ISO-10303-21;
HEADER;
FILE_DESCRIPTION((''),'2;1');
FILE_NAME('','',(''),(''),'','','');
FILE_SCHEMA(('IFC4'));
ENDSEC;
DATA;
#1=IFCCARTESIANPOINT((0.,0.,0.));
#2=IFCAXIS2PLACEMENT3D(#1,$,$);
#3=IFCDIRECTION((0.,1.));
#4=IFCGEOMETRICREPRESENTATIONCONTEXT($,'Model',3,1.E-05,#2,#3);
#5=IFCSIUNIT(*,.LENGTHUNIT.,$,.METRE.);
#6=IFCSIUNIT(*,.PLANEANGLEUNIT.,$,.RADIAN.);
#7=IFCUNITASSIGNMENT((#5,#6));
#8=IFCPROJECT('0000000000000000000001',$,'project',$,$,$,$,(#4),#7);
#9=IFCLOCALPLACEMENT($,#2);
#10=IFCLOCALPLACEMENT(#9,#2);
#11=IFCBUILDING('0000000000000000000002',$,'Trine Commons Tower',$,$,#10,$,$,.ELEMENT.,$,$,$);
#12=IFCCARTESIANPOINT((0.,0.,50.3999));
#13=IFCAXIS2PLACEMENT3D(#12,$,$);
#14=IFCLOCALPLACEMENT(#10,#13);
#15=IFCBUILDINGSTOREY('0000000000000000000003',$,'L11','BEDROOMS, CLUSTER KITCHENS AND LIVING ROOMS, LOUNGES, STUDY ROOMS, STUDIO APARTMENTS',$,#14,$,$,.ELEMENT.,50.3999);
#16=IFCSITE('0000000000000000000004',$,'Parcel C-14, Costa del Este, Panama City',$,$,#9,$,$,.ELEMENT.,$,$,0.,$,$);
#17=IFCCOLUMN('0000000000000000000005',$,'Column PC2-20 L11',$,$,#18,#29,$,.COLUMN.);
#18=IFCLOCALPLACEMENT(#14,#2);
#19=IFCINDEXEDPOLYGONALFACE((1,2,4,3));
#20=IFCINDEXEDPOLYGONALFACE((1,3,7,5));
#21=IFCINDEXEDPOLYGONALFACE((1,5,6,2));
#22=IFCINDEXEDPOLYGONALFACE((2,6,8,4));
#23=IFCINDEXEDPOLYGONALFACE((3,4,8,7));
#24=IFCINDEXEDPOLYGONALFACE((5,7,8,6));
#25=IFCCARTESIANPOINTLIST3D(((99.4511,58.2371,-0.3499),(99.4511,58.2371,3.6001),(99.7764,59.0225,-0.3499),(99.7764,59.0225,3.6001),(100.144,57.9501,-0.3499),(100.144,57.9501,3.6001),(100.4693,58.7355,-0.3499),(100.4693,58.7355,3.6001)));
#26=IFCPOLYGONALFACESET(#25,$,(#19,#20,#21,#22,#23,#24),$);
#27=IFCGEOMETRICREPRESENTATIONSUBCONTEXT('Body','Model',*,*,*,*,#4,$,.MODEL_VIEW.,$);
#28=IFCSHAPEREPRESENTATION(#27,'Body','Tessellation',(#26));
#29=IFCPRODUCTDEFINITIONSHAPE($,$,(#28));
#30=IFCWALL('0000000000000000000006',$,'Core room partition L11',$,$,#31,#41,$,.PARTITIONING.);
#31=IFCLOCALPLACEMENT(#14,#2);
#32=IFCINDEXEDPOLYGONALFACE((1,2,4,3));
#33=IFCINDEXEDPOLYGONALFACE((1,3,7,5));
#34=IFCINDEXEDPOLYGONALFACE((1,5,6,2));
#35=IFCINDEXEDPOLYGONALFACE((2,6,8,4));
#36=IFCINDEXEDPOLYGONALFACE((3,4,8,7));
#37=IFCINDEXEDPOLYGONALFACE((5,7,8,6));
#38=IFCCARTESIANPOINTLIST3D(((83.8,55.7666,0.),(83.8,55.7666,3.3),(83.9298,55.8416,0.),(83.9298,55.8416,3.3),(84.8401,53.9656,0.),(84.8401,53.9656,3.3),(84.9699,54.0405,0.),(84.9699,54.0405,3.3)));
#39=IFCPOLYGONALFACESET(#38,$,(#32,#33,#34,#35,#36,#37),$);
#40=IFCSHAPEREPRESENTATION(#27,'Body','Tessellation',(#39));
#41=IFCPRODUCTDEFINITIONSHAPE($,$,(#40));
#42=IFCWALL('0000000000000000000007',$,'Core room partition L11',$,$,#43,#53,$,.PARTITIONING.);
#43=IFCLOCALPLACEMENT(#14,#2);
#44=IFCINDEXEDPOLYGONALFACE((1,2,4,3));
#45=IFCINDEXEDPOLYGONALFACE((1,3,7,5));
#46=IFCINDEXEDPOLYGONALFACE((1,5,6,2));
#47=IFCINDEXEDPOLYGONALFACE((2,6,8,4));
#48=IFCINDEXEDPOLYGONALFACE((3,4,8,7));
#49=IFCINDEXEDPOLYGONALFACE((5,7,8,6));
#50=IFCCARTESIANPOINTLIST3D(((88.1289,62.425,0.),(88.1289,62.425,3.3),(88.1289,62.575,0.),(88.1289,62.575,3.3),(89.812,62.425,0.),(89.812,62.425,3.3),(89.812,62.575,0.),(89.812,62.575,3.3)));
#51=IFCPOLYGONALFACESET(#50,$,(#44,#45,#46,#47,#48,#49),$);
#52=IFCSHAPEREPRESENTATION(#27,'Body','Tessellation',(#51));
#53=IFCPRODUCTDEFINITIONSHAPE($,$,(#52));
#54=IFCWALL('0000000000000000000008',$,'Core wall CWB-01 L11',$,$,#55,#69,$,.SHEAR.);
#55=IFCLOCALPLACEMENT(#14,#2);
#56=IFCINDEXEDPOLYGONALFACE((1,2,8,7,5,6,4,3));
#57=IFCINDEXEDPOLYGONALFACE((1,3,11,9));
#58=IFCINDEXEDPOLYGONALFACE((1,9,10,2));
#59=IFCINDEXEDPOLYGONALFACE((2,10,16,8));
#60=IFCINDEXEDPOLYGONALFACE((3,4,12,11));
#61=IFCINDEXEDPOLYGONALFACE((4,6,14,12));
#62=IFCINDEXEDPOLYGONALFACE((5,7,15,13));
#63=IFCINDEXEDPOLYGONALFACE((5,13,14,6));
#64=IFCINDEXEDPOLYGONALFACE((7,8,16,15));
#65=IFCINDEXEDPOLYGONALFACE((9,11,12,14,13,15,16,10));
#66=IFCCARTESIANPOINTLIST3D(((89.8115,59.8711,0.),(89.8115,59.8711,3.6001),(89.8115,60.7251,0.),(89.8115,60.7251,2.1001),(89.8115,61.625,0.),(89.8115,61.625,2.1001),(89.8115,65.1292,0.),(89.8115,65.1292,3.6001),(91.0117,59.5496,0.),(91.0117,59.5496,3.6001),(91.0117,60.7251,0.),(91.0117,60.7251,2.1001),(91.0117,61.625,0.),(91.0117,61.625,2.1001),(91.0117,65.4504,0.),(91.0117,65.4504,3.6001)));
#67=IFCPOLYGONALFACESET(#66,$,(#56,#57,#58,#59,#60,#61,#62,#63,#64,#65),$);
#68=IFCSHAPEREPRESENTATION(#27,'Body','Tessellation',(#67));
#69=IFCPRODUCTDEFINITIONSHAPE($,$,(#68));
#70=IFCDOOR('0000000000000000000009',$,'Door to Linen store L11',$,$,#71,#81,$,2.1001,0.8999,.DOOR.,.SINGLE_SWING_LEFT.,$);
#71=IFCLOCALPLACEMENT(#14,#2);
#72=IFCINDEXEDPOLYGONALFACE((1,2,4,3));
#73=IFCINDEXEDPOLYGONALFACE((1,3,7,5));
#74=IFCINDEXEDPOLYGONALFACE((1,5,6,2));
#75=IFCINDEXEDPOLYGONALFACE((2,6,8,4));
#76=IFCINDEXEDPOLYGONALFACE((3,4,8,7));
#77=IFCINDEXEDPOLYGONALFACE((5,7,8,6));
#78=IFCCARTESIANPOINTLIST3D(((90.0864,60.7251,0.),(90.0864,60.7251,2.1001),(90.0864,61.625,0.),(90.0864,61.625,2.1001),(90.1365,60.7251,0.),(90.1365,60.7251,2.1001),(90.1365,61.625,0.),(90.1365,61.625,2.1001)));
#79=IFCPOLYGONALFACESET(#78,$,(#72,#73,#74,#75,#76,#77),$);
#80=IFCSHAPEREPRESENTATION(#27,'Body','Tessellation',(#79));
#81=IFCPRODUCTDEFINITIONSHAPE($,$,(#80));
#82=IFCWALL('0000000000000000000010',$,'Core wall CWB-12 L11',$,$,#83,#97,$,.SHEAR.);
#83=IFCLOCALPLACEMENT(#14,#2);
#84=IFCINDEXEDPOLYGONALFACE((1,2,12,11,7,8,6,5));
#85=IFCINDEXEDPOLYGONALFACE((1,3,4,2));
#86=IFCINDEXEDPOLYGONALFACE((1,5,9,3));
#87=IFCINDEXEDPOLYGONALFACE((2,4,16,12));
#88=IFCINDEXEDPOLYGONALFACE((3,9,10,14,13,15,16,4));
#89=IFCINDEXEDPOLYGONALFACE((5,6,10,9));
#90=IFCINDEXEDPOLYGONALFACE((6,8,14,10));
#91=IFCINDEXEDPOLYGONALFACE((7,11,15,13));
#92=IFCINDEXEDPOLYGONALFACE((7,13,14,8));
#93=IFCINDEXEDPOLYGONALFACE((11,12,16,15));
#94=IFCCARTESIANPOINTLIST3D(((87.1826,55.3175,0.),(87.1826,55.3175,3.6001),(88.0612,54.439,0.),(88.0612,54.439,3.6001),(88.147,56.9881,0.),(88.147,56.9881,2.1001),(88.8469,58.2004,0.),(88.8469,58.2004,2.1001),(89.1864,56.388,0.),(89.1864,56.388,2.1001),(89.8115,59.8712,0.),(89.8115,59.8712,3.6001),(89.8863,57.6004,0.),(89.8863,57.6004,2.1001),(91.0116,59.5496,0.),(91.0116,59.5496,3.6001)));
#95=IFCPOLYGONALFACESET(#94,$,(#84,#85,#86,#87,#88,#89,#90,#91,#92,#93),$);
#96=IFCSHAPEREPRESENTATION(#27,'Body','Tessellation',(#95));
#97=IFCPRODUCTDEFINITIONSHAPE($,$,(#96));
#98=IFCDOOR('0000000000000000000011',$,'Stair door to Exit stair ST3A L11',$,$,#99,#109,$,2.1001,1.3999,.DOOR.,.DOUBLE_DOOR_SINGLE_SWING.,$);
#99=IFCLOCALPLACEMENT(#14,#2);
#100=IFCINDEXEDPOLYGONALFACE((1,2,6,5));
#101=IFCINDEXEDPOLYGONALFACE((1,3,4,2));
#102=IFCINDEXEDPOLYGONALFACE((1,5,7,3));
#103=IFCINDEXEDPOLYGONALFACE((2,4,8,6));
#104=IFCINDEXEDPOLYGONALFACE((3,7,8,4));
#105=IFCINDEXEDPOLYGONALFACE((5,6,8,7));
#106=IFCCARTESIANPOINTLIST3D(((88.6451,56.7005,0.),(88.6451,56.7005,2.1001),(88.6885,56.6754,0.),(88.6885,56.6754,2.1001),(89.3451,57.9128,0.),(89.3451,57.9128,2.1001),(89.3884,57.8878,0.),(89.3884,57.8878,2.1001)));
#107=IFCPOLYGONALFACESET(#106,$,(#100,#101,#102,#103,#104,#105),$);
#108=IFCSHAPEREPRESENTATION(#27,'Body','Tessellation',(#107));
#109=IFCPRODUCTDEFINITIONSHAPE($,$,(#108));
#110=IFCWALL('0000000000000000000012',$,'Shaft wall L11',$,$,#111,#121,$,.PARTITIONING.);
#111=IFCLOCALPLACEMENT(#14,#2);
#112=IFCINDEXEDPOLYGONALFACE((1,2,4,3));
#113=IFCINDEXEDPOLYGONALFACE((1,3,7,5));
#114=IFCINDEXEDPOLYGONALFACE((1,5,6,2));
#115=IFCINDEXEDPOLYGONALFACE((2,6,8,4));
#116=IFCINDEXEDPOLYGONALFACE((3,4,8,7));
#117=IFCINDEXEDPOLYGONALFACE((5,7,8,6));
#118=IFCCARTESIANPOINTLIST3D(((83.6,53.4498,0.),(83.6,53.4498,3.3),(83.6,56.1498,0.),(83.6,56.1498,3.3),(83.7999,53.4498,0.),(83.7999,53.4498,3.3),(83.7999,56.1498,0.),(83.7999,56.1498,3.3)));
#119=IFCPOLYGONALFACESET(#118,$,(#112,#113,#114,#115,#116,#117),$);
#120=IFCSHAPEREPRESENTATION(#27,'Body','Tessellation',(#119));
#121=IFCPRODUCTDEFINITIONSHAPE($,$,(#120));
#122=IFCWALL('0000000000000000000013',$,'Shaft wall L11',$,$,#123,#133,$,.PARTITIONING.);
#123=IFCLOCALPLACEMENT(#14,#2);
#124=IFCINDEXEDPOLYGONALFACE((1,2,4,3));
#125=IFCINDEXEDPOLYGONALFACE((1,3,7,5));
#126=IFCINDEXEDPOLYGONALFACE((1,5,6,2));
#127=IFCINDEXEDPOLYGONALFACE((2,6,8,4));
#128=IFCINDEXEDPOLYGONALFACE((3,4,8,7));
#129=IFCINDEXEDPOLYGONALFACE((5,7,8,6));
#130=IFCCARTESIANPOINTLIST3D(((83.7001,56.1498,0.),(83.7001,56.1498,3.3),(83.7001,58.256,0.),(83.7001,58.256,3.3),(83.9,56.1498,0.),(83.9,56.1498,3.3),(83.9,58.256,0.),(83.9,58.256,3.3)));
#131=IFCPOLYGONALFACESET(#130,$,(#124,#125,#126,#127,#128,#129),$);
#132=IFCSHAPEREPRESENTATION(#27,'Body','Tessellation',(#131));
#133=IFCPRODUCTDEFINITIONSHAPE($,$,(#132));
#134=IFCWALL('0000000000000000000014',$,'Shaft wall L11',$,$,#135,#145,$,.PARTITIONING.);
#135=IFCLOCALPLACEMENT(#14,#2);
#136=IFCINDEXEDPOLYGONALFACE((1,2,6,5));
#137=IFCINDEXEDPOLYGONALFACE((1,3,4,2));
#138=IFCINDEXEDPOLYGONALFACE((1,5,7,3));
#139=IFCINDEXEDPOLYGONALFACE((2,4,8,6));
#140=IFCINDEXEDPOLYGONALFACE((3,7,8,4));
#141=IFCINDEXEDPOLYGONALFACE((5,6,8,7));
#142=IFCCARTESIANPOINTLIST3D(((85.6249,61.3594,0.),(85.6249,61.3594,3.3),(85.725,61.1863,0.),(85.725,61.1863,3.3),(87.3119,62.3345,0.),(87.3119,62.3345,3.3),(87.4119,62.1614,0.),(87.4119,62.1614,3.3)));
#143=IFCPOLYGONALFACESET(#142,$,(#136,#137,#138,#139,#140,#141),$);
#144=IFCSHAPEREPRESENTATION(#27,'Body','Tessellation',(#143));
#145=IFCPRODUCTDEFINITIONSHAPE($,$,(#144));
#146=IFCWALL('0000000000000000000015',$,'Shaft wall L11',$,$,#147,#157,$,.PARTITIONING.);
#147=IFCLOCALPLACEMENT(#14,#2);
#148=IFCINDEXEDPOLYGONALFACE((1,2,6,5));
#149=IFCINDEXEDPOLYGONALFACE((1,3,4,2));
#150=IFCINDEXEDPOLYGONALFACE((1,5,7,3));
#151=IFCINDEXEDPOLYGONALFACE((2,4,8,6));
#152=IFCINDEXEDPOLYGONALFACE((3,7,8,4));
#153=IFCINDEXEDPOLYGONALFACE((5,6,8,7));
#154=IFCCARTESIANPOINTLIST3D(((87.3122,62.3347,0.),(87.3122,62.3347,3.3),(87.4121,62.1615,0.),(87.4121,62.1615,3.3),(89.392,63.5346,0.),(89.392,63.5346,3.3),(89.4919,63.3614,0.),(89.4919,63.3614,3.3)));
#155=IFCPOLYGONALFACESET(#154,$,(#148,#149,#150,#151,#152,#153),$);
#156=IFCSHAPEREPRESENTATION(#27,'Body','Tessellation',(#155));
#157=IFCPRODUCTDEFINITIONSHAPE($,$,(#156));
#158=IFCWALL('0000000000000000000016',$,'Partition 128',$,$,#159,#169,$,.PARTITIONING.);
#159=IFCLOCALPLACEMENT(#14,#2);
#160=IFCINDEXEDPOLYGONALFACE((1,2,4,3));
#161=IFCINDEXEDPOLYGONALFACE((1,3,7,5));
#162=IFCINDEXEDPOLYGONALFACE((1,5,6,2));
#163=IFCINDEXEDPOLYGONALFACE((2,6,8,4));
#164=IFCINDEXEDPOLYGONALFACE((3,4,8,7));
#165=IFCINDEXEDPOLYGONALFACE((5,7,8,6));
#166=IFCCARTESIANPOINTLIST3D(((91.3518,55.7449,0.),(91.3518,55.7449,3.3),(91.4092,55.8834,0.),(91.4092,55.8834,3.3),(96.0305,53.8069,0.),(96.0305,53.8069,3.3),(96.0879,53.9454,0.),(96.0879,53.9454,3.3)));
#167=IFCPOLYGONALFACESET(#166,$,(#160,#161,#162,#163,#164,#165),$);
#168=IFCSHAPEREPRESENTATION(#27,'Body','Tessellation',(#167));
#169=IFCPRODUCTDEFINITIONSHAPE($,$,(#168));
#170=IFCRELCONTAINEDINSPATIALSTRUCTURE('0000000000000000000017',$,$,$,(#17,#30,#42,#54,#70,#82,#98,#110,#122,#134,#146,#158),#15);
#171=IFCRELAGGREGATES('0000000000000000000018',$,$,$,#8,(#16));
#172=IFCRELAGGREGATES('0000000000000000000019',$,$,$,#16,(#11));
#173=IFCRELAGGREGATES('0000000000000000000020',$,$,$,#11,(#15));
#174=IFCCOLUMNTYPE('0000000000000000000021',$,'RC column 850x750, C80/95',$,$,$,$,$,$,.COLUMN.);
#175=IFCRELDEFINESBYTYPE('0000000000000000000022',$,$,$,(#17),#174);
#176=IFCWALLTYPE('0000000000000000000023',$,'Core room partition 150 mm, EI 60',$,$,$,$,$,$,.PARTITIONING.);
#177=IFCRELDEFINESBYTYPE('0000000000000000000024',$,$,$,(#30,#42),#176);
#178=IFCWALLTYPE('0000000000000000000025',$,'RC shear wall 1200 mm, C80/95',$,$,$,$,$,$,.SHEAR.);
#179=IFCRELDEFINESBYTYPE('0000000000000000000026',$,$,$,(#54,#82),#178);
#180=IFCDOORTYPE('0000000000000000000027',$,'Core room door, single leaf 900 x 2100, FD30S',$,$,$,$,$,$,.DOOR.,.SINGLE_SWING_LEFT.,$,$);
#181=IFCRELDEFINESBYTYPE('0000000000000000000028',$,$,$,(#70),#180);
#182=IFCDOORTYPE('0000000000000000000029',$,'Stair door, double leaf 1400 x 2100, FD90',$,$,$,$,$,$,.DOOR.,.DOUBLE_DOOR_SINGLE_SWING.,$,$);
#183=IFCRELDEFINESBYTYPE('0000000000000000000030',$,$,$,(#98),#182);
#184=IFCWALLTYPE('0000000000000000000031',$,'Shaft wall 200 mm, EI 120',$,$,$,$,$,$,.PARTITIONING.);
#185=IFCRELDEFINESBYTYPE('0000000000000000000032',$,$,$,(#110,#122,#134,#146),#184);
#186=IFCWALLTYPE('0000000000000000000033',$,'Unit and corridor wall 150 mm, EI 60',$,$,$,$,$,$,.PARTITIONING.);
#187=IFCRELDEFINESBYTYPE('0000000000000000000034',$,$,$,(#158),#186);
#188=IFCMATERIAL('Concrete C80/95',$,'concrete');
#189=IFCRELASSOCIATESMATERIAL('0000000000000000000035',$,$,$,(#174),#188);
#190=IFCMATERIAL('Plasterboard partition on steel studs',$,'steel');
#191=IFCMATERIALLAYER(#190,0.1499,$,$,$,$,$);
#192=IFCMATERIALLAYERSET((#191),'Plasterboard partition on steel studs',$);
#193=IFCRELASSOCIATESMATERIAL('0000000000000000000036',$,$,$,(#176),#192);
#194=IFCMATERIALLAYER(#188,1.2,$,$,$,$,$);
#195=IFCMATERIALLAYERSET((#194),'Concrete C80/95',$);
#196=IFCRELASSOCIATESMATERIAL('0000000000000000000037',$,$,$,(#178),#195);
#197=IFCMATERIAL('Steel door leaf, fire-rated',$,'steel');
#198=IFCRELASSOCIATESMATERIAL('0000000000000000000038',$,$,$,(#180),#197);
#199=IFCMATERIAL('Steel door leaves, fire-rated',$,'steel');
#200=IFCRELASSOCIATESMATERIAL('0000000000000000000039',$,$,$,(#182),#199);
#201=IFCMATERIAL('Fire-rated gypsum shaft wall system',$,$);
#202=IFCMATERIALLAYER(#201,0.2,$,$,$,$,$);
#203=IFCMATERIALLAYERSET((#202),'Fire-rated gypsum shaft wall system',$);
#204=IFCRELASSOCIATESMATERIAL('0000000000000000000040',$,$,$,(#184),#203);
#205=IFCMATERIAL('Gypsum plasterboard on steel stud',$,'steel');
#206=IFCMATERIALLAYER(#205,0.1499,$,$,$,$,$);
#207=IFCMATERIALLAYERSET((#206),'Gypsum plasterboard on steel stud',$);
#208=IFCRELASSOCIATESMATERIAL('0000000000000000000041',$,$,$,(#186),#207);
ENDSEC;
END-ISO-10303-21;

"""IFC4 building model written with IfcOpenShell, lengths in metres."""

from ifc_helpers import new_model, si_unit, direction, frame, frame_2d, origin, origin_2d, place, context, subcontext, project, spatial, polyline, rectangle, outline, extrude, material, layer, layer_set, material_profile, profile_set, type_object, element, fill, save


model = new_model("IFC4")

# Units and contexts
model_context = context("Model", 3, precision=1e-05, world=origin(), true_north=direction((0.0, 1.0)))
body_context = subcontext(model_context, "Body", "Model", "MODEL_VIEW")
ifc_project = project(units=[si_unit("LENGTHUNIT", "METRE"), si_unit("PLANEANGLEUNIT", "RADIAN")], contexts=[model_context])

# Site, building, storey
site_placement = place(None, origin())
site = spatial("IfcSite", under=ifc_project, at=site_placement, Name="Parcel C-14, Costa del Este, Panama City", CompositionType="ELEMENT", RefElevation=0.0)
building_placement = place(site_placement, origin())
building = spatial("IfcBuilding", under=site, at=building_placement, Name="Trine Commons Tower", CompositionType="ELEMENT")
storey_placement = place(building_placement, frame((0.0, 0.0, 50.3999)))
storey = spatial("IfcBuildingStorey", under=building, at=storey_placement, Name="L11", Description="BEDROOMS, CLUSTER KITCHENS AND LIVING ROOMS, LOUNGES, STUDY ROOMS, STUDIO APARTMENTS", CompositionType="ELEMENT", Elevation=50.3999)

# Column
ifc_material_1 = material(Name="Concrete C80/95", Category="concrete")
ifc_material_profile = material_profile(ifc_material_1, rectangle(XDim=0.8501, YDim=0.75, at=origin_2d()), Name="RC 850x750")
ifc_profile_set = profile_set([ifc_material_profile], Name="Concrete C80/95")
column_type = type_object("IfcColumnType", Name="RC column 850x750, C80/95", PredefinedType="COLUMN", material=ifc_profile_set)
column_placement = place(storey_placement, frame((99.9602, 58.4863, -0.3499), z_axis=(0.0, 0.0, 1.0), x_axis=(0.382683, 0.92388, 0.0)))
element("IfcColumn", 1, at=column_placement, inside=storey, type_object=column_type, Name="Column PC2-20 L11", PredefinedType="COLUMN", context=body_context, shape_type="SweptSolid", body=[
    extrude(rectangle(XDim=0.8501, YDim=0.75, at=origin_2d()), origin(), (0.0, 0.0, 1.0), 3.95),
])

# Walls
ifc_material_2 = material(Name="Plasterboard partition on steel studs", Category="steel")
ifc_layer_1 = layer(ifc_material_2, 0.1499)
ifc_layer_set_1 = layer_set([ifc_layer_1], Name="Plasterboard partition on steel studs")
wall_type_1 = type_object("IfcWallType", Name="Core room partition 150 mm, EI 60", PredefinedType="PARTITIONING", material=ifc_layer_set_1)
wall_1_placement = place(storey_placement, frame((84.905, 54.0029, 0.0), z_axis=(0.0, 0.0, 1.0), x_axis=(-0.500078, 0.86598, 0.0)))
element("IfcWall", 2, at=wall_1_placement, inside=storey, type_object=wall_type_1, Name="Core room partition L11", PredefinedType="PARTITIONING", context=body_context, shape_type="SweptSolid", body=[
    extrude(rectangle(XDim=2.0798, YDim=0.1499, at=frame_2d((1.04, 0.0))), origin(), (0.0, 0.0, 1.0), 3.3),
])
wall_2_placement = place(storey_placement, frame((89.812, 62.5, 0.0), z_axis=(0.0, 0.0, 1.0), x_axis=(-1.0, 0.0, 0.0)))
element("IfcWall", 3, at=wall_2_placement, inside=storey, type_object=wall_type_1, Name="Core room partition L11", PredefinedType="PARTITIONING", context=body_context, shape_type="SweptSolid", body=[
    extrude(rectangle(XDim=1.6831, YDim=0.1499, at=frame_2d((0.8416, 0.0))), origin(), (0.0, 0.0, 1.0), 3.3),
])

# Walls, openings, doors
ifc_layer_2 = layer(ifc_material_1, 1.2)
ifc_layer_set_2 = layer_set([ifc_layer_2], Name="Concrete C80/95")
wall_type_2 = type_object("IfcWallType", Name="RC shear wall 1200 mm, C80/95", PredefinedType="SHEAR", material=ifc_layer_set_2)
wall_3_placement = place(storey_placement, frame((90.4116, 59.5496, 0.0), z_axis=(0.0, 0.0, 1.0), x_axis=(0.0, 1.0, 0.0)))
wall_3 = element("IfcWall", 4, at=wall_3_placement, inside=storey, type_object=wall_type_2, Name="Core wall CWB-01 L11", PredefinedType="SHEAR", context=body_context, shape_type="SweptSolid", body=[
    extrude(outline(polyline([(0.0, -0.6001), (5.9009, -0.6001), (5.5796, 0.6001), (0.3215, 0.6001), (0.0, -0.6001)])), origin(), (0.0, 0.0, 1.0), 3.6001),
])
opening_1_placement = place(wall_3_placement, frame((1.1755, 0.0, 0.0)))
opening_1 = element("IfcOpeningElement", 5, at=opening_1_placement, cuts=wall_3, PredefinedType="OPENING", context=body_context, shape_type="SweptSolid", body=[
    extrude(rectangle(XDim=0.8999, YDim=2.1001, at=frame_2d((0.45, 1.05))), frame((0.0, 0.6099, 0.0), z_axis=(0.0, -1.0, 0.0), x_axis=(1.0, 0.0, 0.0)), (0.0, 0.0, 1.0), 1.22),
])
ifc_material_3 = material(Name="Steel door leaf, fire-rated", Category="steel")
door_type_1 = type_object("IfcDoorType", Name="Core room door, single leaf 900 x 2100, FD30S", OperationType="SINGLE_SWING_LEFT", PredefinedType="DOOR", material=ifc_material_3)
door_1_placement = place(opening_1_placement, origin())
door_1 = element("IfcDoor", 6, at=door_1_placement, inside=storey, type_object=door_type_1, Name="Door to Linen store L11", OperationType="SINGLE_SWING_LEFT", OverallHeight=2.1001, OverallWidth=0.8999, PredefinedType="DOOR", context=body_context, shape_type="SweptSolid", body=[
    extrude(rectangle(XDim=0.8999, YDim=2.1001, at=frame_2d((0.45, 1.05))), frame((0.0, 0.3252, 0.0), z_axis=(0.0, -1.0, 0.0), x_axis=(1.0, 0.0, 0.0)), (0.0, 0.0, 1.0), 0.05),
])
fill(opening_1, door_1)
wall_4_placement = place(storey_placement, frame((87.5415, 54.739, 0.0), z_axis=(0.0, 0.0, 1.0), x_axis=(0.499979, 0.866037, 0.0)))
wall_4 = element("IfcWall", 7, at=wall_4_placement, inside=storey, type_object=wall_type_2, Name="Core wall CWB-12 L11", PredefinedType="SHEAR", context=body_context, shape_type="SweptSolid", body=[
    extrude(outline(polyline([(0.0, -0.6001), (5.9011, -0.6001), (5.5796, 0.6001), (0.3215, 0.6001), (0.0, -0.6001)])), origin(), (0.0, 0.0, 1.0), 3.6001),
])
opening_2_placement = place(wall_4_placement, frame((2.2505, 0.0, 0.0)))
opening_2 = element("IfcOpeningElement", 8, at=opening_2_placement, cuts=wall_4, PredefinedType="OPENING", context=body_context, shape_type="SweptSolid", body=[
    extrude(rectangle(XDim=1.3999, YDim=2.1001, at=frame_2d((0.7, 1.05))), frame((0.0, 0.6099, 0.0), z_axis=(0.0, -1.0, 0.0), x_axis=(1.0, 0.0, 0.0)), (0.0, 0.0, 1.0), 1.22),
])
ifc_material_4 = material(Name="Steel door leaves, fire-rated", Category="steel")
door_type_2 = type_object("IfcDoorType", Name="Stair door, double leaf 1400 x 2100, FD90", OperationType="DOUBLE_DOOR_SINGLE_SWING", PredefinedType="DOOR", material=ifc_material_4)
door_2_placement = place(opening_2_placement, origin())
door_2 = element("IfcDoor", 9, at=door_2_placement, inside=storey, type_object=door_type_2, Name="Stair door to Exit stair ST3A L11", OperationType="DOUBLE_DOOR_SINGLE_SWING", OverallHeight=2.1001, OverallWidth=1.3999, PredefinedType="DOOR", context=body_context, shape_type="SweptSolid", body=[
    extrude(rectangle(XDim=1.3999, YDim=2.1001, at=frame_2d((0.7, 1.05))), frame((0.0, 0.0249, 0.0), z_axis=(0.0, -1.0, 0.0), x_axis=(1.0, 0.0, 0.0)), (0.0, 0.0, 1.0), 0.05),
])
fill(opening_2, door_2)

# Walls
ifc_material_5 = material(Name="Fire-rated gypsum shaft wall system")
ifc_layer_3 = layer(ifc_material_5, 0.2)
ifc_layer_set_3 = layer_set([ifc_layer_3], Name="Fire-rated gypsum shaft wall system")
wall_type_3 = type_object("IfcWallType", Name="Shaft wall 200 mm, EI 120", PredefinedType="PARTITIONING", material=ifc_layer_set_3)
wall_5_placement = place(storey_placement, frame((83.7, 56.1499, 0.0), z_axis=(0.0, 0.0, 1.0), x_axis=(0.0, -1.0, 0.0)))
element("IfcWall", 10, at=wall_5_placement, inside=storey, type_object=wall_type_3, Name="Shaft wall L11", PredefinedType="PARTITIONING", context=body_context, shape_type="SweptSolid", body=[
    extrude(rectangle(XDim=2.7, YDim=0.2, at=frame_2d((1.3501, 0.0))), origin(), (0.0, 0.0, 1.0), 3.3),
])
wall_6_placement = place(storey_placement, frame((83.8, 58.2561, 0.0), z_axis=(0.0, 0.0, 1.0), x_axis=(0.0, -1.0, 0.0)))
element("IfcWall", 11, at=wall_6_placement, inside=storey, type_object=wall_type_3, Name="Shaft wall L11", PredefinedType="PARTITIONING", context=body_context, shape_type="SweptSolid", body=[
    extrude(rectangle(XDim=2.1062, YDim=0.2, at=frame_2d((1.0532, 0.0))), origin(), (0.0, 0.0, 1.0), 3.3),
])
wall_7_placement = place(storey_placement, frame((85.675, 61.2729, 0.0), z_axis=(0.0, 0.0, 1.0), x_axis=(0.865781, 0.500424, 0.0)))
element("IfcWall", 12, at=wall_7_placement, inside=storey, type_object=wall_type_3, Name="Shaft wall L11", PredefinedType="PARTITIONING", context=body_context, shape_type="SweptSolid", body=[
    extrude(rectangle(XDim=1.9485, YDim=0.2, at=frame_2d((0.9741, 0.0))), origin(), (0.0, 0.0, 1.0), 3.3),
])
wall_8_placement = place(storey_placement, frame((87.3621, 62.248, 0.0), z_axis=(0.0, 0.0, 1.0), x_axis=(0.866177, 0.499737, 0.0)))
element("IfcWall", 13, at=wall_8_placement, inside=storey, type_object=wall_type_3, Name="Shaft wall L11", PredefinedType="PARTITIONING", context=body_context, shape_type="SweptSolid", body=[
    extrude(rectangle(XDim=2.4011, YDim=0.2, at=frame_2d((1.2007, 0.0))), origin(), (0.0, 0.0, 1.0), 3.3),
])
ifc_material_6 = material(Name="Gypsum plasterboard on steel stud", Category="steel")
ifc_layer_4 = layer(ifc_material_6, 0.1499)
ifc_layer_set_4 = layer_set([ifc_layer_4], Name="Gypsum plasterboard on steel stud")
wall_type_4 = type_object("IfcWallType", Name="Unit and corridor wall 150 mm, EI 60", PredefinedType="PARTITIONING", material=ifc_layer_set_4)
wall_9_placement = place(storey_placement, frame((91.3804, 55.8142, 0.0), z_axis=(0.0, 0.0, 1.0), x_axis=(0.923879, -0.382684, 0.0)))
element("IfcWall", 14, at=wall_9_placement, inside=storey, type_object=wall_type_4, Name="Partition 128", PredefinedType="PARTITIONING", context=body_context, shape_type="SweptSolid", body=[
    extrude(rectangle(XDim=5.0642, YDim=0.1499, at=frame_2d((2.5322, 0.0))), origin(), (0.0, 0.0, 1.0), 3.3),
])

save(model, "model.ifc")
